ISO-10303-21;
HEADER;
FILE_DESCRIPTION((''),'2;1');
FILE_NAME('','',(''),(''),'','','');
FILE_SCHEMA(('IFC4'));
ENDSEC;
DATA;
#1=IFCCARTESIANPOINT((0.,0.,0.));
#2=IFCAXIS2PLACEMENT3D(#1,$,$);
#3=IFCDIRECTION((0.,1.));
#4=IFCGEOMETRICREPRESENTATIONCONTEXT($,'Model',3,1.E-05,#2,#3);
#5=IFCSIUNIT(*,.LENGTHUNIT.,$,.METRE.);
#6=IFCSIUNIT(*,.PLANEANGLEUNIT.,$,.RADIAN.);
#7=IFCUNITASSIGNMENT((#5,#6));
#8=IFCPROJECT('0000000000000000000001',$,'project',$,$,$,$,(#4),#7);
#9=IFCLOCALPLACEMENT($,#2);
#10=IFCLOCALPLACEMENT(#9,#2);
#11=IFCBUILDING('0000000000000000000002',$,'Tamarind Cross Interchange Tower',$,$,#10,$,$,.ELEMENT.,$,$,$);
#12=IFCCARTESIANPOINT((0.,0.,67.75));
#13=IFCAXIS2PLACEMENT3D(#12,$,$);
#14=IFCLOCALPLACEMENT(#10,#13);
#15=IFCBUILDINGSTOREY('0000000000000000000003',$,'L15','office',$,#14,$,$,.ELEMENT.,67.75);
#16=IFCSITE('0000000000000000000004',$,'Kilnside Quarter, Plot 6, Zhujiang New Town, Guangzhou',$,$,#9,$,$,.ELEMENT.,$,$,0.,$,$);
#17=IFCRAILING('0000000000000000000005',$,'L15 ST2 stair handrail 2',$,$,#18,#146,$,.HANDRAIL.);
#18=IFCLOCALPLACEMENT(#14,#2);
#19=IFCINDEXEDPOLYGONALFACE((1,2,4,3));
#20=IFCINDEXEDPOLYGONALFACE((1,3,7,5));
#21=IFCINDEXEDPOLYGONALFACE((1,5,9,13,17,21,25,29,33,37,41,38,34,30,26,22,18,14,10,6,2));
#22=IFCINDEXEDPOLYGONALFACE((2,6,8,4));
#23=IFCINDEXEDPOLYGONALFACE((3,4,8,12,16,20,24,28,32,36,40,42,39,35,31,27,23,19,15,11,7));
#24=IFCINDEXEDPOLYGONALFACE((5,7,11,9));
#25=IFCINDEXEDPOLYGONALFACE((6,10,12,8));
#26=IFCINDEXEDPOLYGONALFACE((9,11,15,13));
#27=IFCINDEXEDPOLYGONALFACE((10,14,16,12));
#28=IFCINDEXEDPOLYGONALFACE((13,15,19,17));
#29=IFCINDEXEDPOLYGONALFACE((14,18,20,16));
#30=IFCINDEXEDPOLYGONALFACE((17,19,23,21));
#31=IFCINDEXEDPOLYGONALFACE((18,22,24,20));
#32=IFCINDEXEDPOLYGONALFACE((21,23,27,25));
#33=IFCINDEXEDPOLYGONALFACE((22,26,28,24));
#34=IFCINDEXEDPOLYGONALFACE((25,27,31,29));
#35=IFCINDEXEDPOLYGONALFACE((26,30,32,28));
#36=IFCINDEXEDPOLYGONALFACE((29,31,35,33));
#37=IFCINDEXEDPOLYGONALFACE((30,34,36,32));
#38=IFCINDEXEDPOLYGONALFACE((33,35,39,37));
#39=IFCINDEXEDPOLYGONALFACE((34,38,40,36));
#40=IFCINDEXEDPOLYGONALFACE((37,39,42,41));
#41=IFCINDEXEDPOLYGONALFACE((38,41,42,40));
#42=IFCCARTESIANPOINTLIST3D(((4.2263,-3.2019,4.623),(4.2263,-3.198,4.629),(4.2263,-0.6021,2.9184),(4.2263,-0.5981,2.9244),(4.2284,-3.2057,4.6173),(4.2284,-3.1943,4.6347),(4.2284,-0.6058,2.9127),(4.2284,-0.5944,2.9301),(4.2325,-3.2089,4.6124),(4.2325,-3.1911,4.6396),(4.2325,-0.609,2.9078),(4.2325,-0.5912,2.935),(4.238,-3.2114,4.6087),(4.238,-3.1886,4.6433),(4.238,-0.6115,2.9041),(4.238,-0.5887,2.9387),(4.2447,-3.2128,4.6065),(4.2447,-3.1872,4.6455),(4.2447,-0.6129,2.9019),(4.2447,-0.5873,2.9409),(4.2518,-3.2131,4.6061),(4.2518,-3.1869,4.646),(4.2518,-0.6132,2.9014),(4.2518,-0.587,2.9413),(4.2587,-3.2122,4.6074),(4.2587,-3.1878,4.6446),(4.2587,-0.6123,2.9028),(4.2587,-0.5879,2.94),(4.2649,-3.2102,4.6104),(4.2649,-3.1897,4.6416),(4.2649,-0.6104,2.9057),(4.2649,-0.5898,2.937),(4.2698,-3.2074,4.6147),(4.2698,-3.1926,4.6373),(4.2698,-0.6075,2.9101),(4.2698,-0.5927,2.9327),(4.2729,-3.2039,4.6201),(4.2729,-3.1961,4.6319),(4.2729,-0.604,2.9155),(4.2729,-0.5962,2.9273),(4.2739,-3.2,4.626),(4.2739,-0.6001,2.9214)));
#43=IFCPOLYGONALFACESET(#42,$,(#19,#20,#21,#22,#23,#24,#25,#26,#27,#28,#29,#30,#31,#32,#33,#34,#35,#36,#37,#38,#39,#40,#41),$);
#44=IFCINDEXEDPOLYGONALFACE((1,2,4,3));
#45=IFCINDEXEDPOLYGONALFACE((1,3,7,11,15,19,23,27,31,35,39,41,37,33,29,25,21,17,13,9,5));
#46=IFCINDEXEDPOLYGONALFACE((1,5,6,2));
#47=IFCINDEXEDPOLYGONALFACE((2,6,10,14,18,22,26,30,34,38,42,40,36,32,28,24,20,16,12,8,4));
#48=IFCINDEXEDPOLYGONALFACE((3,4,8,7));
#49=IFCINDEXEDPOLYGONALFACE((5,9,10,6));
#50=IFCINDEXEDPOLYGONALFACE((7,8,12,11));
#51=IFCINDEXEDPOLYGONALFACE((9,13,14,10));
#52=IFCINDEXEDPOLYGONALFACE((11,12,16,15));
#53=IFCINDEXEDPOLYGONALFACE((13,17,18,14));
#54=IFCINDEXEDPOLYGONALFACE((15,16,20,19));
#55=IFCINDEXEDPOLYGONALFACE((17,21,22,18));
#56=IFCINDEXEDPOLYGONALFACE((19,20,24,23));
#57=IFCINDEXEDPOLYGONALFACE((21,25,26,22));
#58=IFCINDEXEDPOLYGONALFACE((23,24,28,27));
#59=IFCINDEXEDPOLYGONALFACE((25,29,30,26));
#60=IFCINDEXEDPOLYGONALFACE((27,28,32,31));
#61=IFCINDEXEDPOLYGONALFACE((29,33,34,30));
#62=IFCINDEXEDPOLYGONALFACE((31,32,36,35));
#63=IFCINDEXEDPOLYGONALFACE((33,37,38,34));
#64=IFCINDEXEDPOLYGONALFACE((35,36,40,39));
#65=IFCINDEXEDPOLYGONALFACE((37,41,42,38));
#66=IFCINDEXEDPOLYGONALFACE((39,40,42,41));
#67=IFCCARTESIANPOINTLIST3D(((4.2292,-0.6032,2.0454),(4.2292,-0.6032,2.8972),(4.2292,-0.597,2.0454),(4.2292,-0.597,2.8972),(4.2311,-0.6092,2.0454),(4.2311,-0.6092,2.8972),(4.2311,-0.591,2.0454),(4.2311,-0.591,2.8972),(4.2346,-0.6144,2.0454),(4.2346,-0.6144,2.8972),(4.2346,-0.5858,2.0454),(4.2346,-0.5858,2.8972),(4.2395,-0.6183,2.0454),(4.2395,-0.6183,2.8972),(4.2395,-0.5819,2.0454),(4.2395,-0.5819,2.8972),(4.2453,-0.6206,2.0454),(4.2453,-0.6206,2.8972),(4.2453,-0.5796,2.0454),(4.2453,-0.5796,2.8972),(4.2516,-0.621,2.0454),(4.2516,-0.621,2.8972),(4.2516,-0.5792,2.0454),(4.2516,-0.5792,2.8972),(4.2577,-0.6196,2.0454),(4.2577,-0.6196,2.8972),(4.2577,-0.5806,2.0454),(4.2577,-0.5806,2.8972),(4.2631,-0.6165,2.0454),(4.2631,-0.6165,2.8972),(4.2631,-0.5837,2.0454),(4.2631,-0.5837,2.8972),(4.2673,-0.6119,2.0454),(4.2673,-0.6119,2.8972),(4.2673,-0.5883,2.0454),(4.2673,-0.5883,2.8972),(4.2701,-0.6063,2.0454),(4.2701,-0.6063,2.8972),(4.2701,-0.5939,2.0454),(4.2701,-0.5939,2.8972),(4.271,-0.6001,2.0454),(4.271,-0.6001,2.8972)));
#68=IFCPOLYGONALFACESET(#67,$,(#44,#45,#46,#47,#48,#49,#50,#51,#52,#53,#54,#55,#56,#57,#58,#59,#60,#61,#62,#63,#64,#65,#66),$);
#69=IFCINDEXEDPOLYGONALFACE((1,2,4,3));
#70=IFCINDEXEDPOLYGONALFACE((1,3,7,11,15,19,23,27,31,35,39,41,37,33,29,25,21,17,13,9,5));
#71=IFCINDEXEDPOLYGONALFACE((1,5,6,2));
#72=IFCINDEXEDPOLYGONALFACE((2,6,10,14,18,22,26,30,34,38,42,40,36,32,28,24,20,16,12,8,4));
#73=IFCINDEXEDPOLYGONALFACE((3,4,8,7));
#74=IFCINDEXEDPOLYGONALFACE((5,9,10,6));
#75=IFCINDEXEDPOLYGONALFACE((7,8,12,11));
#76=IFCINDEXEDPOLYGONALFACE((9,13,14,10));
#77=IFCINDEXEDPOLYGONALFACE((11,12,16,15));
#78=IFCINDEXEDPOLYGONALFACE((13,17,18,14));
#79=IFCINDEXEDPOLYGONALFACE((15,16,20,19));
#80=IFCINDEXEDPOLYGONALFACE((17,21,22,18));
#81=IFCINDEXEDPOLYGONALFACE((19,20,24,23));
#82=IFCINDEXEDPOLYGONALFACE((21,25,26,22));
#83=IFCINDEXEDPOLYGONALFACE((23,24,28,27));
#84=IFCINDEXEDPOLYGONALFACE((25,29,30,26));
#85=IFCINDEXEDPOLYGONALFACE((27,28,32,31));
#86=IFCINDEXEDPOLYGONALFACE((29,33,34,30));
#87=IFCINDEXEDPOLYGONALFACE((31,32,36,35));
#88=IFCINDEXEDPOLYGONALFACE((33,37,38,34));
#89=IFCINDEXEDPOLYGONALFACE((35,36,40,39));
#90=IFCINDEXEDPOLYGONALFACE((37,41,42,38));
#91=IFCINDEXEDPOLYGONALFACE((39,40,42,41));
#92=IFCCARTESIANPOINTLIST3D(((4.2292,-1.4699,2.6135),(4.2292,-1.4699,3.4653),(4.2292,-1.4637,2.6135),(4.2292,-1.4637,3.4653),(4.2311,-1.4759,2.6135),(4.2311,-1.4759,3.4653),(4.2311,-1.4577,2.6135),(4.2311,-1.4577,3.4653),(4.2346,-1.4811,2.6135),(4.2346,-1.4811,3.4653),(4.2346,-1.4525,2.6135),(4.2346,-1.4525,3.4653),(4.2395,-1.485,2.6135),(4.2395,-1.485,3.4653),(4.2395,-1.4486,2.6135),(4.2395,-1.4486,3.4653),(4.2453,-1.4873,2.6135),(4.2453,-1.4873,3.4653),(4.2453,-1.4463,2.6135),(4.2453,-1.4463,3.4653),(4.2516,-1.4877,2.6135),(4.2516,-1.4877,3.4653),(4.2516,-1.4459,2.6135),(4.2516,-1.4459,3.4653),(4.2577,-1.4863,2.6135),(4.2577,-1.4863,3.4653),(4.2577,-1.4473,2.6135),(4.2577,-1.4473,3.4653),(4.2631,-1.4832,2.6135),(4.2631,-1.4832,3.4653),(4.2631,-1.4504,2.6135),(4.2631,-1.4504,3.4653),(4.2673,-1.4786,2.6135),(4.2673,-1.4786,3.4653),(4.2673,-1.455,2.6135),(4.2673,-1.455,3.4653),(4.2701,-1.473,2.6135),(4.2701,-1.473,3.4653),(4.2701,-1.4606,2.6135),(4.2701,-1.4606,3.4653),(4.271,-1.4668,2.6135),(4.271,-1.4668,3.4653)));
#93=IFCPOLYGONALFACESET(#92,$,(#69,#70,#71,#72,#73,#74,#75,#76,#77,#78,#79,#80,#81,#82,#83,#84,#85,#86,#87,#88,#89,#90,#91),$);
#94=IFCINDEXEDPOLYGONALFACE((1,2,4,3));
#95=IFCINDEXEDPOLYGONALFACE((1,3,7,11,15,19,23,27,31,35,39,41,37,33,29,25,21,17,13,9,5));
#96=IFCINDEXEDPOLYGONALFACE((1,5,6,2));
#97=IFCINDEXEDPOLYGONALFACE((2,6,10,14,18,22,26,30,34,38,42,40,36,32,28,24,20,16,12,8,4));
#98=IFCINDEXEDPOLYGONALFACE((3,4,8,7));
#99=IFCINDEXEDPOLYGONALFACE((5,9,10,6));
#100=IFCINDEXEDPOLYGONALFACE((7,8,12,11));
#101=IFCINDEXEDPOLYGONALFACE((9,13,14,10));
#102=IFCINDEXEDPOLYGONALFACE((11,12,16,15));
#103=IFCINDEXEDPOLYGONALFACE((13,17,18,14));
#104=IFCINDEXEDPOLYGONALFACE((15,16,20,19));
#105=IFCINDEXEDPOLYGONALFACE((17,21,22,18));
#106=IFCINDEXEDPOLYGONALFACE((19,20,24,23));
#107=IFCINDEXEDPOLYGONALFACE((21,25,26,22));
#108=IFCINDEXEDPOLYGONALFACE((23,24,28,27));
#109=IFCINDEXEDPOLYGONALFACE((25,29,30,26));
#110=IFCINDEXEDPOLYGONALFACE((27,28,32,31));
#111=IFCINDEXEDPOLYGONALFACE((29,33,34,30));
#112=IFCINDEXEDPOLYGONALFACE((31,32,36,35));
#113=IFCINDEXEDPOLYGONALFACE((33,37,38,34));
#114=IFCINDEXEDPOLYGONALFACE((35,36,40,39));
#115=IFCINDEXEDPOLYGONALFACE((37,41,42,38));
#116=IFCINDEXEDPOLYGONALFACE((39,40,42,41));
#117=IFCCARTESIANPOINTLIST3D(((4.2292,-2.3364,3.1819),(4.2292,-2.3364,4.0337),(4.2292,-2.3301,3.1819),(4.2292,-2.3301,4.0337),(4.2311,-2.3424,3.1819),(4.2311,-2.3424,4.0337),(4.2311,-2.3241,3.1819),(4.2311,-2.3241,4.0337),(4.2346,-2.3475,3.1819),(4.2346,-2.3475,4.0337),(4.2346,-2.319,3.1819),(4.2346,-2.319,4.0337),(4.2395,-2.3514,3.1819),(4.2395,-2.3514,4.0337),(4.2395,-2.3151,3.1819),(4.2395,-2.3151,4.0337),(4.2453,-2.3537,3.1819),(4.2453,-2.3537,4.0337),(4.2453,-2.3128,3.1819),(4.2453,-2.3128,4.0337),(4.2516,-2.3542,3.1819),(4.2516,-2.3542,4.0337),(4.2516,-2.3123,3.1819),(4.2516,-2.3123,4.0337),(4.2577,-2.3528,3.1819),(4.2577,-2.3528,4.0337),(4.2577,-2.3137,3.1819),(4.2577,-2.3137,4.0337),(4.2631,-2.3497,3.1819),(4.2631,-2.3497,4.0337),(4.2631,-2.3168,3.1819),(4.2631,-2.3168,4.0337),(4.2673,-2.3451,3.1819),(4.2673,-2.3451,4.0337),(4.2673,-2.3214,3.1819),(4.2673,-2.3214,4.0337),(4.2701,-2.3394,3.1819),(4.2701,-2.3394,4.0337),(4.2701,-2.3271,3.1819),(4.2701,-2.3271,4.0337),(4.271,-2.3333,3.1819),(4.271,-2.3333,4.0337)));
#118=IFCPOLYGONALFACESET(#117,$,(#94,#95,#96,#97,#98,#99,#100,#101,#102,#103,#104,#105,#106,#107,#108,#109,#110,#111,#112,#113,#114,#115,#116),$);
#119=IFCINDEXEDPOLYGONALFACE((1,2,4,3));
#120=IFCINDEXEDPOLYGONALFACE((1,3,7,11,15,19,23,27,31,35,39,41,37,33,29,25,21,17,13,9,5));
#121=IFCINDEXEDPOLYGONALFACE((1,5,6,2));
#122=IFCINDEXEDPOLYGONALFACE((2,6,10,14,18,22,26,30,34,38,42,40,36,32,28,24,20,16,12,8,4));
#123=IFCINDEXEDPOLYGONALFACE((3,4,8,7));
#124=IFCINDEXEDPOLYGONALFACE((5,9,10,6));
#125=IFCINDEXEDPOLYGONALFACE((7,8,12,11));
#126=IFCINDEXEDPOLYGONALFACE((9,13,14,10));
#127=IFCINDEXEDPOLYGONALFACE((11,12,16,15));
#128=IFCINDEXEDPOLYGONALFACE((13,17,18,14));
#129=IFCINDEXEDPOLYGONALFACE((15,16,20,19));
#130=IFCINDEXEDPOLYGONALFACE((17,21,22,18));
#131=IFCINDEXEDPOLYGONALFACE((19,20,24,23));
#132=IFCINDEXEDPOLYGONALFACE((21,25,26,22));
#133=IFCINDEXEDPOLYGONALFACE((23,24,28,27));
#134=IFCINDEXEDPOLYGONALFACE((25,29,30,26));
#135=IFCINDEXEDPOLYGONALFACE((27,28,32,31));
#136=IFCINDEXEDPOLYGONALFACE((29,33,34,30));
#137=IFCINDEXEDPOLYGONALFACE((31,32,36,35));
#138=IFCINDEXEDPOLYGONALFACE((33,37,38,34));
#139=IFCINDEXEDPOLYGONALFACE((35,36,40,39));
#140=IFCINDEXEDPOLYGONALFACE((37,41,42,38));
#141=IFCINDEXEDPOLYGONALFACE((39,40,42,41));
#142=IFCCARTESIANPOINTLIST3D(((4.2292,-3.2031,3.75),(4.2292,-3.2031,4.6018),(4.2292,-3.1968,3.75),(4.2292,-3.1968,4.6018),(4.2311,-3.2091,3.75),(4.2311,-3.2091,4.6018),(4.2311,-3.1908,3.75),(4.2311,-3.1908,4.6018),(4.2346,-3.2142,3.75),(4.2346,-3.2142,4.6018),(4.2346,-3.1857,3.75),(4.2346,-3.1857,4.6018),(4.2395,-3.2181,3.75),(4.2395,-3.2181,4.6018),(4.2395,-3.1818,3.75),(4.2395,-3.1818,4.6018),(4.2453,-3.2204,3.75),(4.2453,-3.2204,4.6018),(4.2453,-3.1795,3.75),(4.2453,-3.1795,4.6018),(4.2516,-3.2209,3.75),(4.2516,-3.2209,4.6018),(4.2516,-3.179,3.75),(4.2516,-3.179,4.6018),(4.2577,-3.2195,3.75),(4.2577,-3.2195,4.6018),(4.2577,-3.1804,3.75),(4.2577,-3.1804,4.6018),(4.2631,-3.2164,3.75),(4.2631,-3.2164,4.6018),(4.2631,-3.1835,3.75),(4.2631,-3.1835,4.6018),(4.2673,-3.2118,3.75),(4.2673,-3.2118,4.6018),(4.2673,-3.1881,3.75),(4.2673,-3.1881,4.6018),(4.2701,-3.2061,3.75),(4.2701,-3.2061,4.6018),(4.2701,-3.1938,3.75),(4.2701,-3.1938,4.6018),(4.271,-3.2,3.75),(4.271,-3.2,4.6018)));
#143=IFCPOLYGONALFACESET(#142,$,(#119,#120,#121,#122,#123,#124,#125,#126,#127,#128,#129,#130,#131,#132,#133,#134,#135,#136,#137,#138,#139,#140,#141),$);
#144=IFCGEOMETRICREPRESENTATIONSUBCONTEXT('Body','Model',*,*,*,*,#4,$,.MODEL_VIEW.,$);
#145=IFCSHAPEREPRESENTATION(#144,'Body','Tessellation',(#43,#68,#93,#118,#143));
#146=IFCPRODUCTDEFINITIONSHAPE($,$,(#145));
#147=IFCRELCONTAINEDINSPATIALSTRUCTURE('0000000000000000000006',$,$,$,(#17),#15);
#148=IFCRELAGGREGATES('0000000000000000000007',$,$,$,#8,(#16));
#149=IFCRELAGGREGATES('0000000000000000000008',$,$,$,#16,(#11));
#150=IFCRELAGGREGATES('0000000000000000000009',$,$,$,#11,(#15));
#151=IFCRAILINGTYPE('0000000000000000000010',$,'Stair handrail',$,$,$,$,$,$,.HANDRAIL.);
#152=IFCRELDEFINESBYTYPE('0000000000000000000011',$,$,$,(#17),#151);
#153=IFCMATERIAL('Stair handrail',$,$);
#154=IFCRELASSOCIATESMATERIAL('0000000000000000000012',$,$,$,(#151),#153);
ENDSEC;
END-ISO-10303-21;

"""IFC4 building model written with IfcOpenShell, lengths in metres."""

from ifc_helpers import new_model, si_unit, direction, frame, origin, origin_2d, place, context, subcontext, project, spatial, circle, extrude, material, type_object, element, save


model = new_model("IFC4")

# Units and contexts
model_context = context("Model", 3, precision=1e-05, world=origin(), true_north=direction((0.0, 1.0)))
body_context = subcontext(model_context, "Body", "Model", "MODEL_VIEW")
ifc_project = project(units=[si_unit("LENGTHUNIT", "METRE"), si_unit("PLANEANGLEUNIT", "RADIAN")], contexts=[model_context])

# Site, building, storey
site_placement = place(None, origin())
site = spatial("IfcSite", under=ifc_project, at=site_placement, Name="Kilnside Quarter, Plot 6, Zhujiang New Town, Guangzhou", CompositionType="ELEMENT", RefElevation=0.0)
building_placement = place(site_placement, origin())
building = spatial("IfcBuilding", under=site, at=building_placement, Name="Tamarind Cross Interchange Tower", CompositionType="ELEMENT")
storey_placement = place(building_placement, frame((0.0, 0.0, 67.75)))
storey = spatial("IfcBuildingStorey", under=building, at=storey_placement, Name="L15", Description="office", CompositionType="ELEMENT", Elevation=67.75)

# Railing
ifc_material_1 = material(Name="Stair handrail")
railing_type_1 = type_object("IfcRailingType", Name="Stair handrail", PredefinedType="HANDRAIL", material=ifc_material_1)
railing_1_placement = place(storey_placement, frame((4.25, -0.6001, 2.0454)))
element("IfcRailing", 1, at=railing_1_placement, inside=storey, type_object=railing_type_1, Name="L15 ST2 stair handrail 2", PredefinedType="HANDRAIL", context=body_context, shape_type="SweptSolid", body=[
    extrude(circle(Radius=0.0239, at=origin_2d()), frame((0.0, 0.0, 0.876), z_axis=(0.0, -0.836279, 0.548305), x_axis=(1.0, 0.0, 0.0)), (0.0, 0.0, 1.0), 3.1089),
    extrude(circle(Radius=0.021, at=origin_2d()), origin(), (0.0, 0.0, 1.0), 0.8518),
    extrude(circle(Radius=0.021, at=origin_2d()), frame((0.0, -0.8667, 0.5681)), (0.0, 0.0, 1.0), 0.8518),
    extrude(circle(Radius=0.021, at=origin_2d()), frame((0.0, -1.7332, 1.1365)), (0.0, 0.0, 1.0), 0.8518),
    extrude(circle(Radius=0.021, at=origin_2d()), frame((0.0, -2.5999, 1.7046)), (0.0, 0.0, 1.0), 0.8518),
])

save(model, "model.ifc")
